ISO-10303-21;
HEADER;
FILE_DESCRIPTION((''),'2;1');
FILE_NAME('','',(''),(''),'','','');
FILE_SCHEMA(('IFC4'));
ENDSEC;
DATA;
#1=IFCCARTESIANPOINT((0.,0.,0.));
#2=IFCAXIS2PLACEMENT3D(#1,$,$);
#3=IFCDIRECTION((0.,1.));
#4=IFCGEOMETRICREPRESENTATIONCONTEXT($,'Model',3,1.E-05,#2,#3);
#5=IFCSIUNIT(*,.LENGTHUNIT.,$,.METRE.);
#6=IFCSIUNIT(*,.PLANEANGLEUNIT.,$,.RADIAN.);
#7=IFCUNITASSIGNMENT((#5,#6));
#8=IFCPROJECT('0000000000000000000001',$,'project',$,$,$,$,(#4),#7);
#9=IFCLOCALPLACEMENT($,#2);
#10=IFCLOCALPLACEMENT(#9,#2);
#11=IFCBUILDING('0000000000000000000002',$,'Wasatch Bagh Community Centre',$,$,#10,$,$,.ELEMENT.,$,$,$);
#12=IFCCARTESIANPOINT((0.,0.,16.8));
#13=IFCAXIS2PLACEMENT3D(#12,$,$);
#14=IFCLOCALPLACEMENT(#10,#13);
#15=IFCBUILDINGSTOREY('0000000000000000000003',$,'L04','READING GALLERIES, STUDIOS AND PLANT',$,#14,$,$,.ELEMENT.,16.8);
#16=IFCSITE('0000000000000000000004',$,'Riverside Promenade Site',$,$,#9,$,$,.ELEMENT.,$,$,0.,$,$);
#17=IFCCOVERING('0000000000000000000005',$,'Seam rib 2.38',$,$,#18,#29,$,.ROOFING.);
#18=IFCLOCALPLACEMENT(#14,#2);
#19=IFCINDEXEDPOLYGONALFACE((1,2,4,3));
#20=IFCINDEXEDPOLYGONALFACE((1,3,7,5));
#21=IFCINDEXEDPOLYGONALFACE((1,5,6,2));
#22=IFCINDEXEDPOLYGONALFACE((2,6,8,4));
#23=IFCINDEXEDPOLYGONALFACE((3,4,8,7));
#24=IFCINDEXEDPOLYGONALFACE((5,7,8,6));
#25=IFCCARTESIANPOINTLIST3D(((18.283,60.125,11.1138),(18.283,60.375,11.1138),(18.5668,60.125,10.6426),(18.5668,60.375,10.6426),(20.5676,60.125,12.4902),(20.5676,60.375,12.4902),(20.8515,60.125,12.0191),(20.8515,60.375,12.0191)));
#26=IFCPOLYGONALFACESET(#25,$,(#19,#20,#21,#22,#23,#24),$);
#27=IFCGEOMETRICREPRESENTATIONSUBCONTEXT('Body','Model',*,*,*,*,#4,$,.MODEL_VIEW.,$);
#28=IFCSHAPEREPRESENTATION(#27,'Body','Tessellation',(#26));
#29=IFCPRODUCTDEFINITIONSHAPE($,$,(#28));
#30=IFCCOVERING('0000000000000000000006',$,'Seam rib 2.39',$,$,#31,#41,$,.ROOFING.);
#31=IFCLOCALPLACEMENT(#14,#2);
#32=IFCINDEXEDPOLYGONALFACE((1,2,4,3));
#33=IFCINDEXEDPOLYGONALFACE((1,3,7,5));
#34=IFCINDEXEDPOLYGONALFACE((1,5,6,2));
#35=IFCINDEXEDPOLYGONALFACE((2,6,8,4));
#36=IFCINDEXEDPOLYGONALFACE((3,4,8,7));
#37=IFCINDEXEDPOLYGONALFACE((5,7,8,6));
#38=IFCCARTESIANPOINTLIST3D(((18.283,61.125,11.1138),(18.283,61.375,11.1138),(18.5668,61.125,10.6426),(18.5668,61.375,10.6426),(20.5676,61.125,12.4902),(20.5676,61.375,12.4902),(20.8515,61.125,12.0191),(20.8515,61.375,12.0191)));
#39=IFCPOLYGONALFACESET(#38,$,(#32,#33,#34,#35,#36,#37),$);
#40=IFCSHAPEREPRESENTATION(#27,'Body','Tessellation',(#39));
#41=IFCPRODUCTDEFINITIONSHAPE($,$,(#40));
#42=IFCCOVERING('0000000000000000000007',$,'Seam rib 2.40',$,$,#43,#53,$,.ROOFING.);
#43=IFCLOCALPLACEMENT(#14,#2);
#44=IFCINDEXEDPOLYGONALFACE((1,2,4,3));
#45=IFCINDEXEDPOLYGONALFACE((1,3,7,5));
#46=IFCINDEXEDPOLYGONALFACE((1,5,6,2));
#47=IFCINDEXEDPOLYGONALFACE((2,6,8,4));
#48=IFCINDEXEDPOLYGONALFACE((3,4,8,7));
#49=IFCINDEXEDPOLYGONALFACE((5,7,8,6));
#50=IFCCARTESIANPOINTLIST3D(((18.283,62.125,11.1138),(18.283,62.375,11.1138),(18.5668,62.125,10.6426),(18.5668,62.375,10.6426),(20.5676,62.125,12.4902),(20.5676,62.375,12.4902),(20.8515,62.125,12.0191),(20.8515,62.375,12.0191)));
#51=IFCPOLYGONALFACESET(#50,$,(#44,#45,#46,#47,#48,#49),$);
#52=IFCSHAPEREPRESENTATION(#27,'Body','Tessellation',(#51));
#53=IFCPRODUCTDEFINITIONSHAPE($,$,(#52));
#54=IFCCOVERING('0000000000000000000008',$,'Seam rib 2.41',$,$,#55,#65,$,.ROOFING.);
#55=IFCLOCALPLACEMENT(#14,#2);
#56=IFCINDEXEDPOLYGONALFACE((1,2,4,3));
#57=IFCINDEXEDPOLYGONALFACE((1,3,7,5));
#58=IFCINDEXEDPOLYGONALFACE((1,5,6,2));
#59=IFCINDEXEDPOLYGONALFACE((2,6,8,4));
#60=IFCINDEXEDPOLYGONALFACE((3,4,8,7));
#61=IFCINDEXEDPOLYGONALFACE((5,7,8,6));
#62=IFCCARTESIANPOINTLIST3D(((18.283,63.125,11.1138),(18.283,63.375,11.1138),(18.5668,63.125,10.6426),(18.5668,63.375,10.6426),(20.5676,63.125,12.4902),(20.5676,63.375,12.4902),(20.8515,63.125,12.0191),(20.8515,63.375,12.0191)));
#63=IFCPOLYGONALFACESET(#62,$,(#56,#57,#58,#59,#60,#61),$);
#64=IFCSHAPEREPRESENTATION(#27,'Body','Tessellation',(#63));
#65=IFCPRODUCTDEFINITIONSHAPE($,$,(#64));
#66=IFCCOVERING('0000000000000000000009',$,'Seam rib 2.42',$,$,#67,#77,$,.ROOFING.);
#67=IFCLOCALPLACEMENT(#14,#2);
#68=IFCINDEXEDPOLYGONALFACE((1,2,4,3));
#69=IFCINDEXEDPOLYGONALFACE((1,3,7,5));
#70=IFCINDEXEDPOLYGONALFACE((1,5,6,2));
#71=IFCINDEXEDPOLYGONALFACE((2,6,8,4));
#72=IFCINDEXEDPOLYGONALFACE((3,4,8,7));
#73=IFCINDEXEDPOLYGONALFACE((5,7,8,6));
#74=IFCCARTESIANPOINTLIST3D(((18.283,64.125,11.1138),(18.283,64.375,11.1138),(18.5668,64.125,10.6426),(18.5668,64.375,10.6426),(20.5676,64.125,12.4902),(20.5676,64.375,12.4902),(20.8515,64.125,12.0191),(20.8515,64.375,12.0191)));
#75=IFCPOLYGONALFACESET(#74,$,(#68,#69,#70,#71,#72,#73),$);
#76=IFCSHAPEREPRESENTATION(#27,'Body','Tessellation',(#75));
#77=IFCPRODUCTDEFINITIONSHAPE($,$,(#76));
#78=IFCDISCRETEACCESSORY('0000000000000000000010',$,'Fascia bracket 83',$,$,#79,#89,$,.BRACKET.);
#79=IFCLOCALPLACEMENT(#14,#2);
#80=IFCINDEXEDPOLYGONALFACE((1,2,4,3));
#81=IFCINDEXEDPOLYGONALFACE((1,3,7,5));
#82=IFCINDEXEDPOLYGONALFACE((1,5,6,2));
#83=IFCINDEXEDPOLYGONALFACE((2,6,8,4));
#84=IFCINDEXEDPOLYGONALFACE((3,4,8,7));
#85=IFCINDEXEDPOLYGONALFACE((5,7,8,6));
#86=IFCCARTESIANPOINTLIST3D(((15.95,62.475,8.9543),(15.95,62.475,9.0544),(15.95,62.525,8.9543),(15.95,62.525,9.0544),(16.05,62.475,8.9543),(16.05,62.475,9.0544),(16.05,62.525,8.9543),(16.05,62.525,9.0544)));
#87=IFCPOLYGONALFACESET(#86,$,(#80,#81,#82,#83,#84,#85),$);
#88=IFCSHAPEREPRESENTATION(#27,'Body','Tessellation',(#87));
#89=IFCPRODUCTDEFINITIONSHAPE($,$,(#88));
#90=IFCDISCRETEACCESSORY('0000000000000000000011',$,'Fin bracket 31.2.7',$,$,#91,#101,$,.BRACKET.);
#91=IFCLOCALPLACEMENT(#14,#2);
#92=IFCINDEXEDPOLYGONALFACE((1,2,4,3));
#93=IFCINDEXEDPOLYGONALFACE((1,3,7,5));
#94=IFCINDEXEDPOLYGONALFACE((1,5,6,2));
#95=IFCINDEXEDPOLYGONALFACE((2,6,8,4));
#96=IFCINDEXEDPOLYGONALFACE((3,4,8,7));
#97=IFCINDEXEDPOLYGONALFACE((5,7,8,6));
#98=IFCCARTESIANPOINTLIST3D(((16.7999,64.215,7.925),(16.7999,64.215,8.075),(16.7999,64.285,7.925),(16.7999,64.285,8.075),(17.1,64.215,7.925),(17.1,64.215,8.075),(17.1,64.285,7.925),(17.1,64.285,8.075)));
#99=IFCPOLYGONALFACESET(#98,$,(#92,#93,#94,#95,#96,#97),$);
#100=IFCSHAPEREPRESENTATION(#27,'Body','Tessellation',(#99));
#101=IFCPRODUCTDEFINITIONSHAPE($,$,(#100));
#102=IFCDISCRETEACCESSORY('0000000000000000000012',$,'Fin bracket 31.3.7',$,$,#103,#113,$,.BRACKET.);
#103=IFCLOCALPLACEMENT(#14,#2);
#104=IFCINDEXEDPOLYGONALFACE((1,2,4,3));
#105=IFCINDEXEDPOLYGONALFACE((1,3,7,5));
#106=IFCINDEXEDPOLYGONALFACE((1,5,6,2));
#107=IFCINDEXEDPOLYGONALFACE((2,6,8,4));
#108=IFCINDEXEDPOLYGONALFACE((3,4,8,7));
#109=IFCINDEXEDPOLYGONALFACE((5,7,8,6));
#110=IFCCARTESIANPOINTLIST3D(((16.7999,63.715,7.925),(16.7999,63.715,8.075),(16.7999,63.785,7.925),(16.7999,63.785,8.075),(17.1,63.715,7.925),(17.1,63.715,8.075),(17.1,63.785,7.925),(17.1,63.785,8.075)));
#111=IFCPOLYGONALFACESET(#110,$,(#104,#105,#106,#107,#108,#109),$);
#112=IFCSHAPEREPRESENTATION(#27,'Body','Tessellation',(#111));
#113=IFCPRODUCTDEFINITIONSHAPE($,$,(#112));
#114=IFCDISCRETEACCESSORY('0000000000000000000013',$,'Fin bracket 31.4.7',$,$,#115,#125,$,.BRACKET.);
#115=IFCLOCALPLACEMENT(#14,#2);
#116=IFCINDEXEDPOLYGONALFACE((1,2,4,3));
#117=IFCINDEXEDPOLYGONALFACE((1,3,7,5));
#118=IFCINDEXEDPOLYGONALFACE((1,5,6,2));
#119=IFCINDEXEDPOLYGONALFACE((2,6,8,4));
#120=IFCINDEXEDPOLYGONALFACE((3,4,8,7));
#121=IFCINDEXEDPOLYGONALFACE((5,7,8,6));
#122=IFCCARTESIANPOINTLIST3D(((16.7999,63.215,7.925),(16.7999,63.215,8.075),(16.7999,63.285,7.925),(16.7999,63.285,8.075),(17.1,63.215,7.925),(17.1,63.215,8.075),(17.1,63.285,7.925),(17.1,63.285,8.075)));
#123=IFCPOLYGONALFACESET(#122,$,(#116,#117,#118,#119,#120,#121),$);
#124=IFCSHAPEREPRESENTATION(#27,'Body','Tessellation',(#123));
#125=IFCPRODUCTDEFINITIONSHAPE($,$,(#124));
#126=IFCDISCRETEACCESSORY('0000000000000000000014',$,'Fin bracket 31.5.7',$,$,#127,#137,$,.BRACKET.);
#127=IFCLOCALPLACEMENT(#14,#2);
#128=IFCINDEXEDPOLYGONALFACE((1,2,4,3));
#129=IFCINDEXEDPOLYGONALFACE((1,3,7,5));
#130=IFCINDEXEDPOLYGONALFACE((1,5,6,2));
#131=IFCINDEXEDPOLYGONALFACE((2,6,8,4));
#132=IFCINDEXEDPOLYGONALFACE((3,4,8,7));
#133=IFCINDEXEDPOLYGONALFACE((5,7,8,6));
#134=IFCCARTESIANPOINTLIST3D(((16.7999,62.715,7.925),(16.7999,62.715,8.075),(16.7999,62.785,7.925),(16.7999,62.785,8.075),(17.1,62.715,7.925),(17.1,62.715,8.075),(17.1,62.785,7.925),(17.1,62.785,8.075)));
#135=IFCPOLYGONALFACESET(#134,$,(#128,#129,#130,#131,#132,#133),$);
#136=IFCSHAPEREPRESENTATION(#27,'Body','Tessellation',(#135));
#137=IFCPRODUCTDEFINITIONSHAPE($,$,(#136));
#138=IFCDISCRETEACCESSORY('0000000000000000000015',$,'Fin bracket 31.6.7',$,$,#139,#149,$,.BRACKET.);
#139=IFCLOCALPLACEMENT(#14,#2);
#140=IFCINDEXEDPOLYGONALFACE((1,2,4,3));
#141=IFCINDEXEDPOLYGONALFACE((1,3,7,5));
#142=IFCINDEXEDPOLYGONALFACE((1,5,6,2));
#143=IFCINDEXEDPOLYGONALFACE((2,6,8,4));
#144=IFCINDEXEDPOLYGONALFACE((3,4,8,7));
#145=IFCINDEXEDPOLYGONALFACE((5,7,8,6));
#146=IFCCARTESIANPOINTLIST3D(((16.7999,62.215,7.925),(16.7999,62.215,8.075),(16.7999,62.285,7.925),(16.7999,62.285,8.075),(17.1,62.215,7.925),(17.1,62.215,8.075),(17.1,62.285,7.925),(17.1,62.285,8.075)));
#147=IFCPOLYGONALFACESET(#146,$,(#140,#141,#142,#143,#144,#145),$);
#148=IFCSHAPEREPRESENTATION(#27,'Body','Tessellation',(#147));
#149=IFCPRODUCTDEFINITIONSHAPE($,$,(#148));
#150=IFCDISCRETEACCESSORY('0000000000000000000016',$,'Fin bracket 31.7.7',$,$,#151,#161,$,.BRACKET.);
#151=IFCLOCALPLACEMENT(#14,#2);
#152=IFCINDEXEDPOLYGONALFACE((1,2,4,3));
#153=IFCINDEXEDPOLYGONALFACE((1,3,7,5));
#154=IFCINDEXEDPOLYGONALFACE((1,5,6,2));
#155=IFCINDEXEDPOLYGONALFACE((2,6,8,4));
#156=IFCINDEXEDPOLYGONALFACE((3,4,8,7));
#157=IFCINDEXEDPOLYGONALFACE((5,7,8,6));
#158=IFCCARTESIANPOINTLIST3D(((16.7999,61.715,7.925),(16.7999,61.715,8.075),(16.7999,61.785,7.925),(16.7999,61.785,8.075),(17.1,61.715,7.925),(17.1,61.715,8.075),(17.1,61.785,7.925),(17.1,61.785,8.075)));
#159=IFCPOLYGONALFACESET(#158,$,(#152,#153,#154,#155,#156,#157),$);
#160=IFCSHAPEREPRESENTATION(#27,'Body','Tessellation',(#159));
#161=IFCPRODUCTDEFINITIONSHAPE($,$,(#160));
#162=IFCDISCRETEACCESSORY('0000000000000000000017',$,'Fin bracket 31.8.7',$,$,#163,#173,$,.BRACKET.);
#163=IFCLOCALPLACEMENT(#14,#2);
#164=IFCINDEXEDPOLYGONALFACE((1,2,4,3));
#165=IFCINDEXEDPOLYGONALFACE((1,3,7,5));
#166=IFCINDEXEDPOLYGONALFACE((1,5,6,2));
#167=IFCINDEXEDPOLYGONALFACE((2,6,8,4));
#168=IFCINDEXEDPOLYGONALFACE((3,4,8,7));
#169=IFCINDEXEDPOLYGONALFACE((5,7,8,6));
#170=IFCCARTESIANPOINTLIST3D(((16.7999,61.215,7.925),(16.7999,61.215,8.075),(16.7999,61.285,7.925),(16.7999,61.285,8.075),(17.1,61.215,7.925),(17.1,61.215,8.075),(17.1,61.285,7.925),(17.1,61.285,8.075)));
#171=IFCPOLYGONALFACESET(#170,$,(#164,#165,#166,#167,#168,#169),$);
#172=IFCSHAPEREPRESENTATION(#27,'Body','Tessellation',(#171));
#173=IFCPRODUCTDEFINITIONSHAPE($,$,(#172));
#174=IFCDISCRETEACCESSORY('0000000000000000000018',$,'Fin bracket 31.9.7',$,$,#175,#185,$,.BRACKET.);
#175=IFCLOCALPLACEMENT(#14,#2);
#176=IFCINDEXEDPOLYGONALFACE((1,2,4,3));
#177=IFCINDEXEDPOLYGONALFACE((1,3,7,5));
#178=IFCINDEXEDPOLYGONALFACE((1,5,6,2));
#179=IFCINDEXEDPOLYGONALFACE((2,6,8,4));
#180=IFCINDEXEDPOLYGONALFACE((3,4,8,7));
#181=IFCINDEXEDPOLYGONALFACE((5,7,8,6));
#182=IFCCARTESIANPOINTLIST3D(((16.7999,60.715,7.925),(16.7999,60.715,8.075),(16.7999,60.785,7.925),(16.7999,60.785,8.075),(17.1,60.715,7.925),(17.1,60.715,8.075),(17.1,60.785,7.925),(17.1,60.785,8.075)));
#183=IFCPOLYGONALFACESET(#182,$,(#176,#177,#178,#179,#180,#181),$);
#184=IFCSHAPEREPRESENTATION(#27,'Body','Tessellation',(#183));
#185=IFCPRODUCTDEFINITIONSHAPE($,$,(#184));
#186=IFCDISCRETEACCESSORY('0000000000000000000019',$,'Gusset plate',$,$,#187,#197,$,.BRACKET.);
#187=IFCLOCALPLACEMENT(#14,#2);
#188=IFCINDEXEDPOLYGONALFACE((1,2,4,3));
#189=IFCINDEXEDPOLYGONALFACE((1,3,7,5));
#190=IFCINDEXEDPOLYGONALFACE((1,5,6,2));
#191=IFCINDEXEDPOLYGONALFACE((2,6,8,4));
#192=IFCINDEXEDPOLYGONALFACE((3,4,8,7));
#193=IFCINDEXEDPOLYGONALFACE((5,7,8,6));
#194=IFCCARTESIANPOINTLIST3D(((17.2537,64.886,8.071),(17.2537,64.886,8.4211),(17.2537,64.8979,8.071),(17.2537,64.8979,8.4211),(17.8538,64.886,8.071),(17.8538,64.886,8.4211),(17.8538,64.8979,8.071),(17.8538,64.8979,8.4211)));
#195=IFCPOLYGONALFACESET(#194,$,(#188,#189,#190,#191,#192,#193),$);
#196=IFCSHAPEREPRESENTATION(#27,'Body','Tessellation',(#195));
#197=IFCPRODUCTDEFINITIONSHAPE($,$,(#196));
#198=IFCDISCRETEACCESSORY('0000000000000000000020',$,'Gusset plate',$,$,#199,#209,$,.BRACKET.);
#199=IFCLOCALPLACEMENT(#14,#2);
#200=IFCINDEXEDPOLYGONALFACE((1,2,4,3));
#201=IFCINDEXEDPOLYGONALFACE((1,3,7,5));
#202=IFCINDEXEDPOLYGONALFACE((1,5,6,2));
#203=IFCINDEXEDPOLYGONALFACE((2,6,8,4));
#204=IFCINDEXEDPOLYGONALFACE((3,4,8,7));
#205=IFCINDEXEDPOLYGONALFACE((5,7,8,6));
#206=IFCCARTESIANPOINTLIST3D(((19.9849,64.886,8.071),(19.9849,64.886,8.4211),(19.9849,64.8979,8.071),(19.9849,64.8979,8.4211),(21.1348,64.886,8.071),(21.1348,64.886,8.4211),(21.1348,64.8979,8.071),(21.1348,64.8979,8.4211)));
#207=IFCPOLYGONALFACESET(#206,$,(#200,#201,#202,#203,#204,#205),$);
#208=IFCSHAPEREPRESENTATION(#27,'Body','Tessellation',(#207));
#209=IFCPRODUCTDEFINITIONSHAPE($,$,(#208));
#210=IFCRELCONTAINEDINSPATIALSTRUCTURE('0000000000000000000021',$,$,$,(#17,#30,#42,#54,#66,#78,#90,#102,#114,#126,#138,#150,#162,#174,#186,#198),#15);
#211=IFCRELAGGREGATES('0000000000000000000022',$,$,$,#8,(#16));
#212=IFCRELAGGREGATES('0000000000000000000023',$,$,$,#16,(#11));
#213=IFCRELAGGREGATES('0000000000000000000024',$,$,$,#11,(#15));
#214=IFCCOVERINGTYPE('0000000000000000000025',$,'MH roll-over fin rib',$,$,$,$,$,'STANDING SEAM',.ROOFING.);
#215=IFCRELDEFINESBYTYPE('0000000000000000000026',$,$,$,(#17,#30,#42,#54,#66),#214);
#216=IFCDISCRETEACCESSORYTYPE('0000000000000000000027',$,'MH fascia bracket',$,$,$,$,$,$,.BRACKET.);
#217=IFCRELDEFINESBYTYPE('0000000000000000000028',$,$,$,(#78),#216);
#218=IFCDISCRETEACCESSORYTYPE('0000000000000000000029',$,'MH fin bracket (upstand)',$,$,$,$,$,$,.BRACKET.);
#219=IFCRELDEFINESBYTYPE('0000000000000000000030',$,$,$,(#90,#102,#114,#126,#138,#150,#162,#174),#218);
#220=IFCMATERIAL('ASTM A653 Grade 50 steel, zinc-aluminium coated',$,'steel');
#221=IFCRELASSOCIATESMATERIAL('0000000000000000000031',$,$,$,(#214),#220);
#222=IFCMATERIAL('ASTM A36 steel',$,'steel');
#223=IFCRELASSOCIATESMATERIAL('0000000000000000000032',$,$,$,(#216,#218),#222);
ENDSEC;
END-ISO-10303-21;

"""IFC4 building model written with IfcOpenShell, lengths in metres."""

from ifc_helpers import new_model, si_unit, direction, frame, origin, origin_2d, place, context, subcontext, project, spatial, polyline, rectangle, outline, extrude, material, type_object, element, save


model = new_model("IFC4")

# Units and contexts
model_context = context("Model", 3, precision=1e-05, world=origin(), true_north=direction((0.0, 1.0)))
body_context = subcontext(model_context, "Body", "Model", "MODEL_VIEW")
ifc_project = project(units=[si_unit("LENGTHUNIT", "METRE"), si_unit("PLANEANGLEUNIT", "RADIAN")], contexts=[model_context])

# Site, building, storey
site_placement = place(None, origin())
site = spatial("IfcSite", under=ifc_project, at=site_placement, Name="Riverside Promenade Site", CompositionType="ELEMENT", RefElevation=0.0)
building_placement = place(site_placement, origin())
building = spatial("IfcBuilding", under=site, at=building_placement, Name="Wasatch Bagh Community Centre", CompositionType="ELEMENT")
storey_placement = place(building_placement, frame((0.0, 0.0, 16.8)))
storey = spatial("IfcBuildingStorey", under=building, at=storey_placement, Name="L04", Description="READING GALLERIES, STUDIOS AND PLANT", CompositionType="ELEMENT", Elevation=16.8)

# Coverings
ifc_material_1 = material(Name="ASTM A653 Grade 50 steel, zinc-aluminium coated", Category="steel")
covering_type = type_object("IfcCoveringType", Name="MH roll-over fin rib", ElementType="STANDING SEAM", PredefinedType="ROOFING", material=ifc_material_1)
for number, where, z_axis, x_axis, name in (
    (1, (18.283, 60.125, 11.1138), (-0.516056, 0.0, 0.856555), (0.856555, 0.0, 0.516056), "Seam rib 2.38"),
    (2, (18.283, 61.125, 11.1138), (-0.516056, 0.0, 0.856555), (0.856555, 0.0, 0.516056), "Seam rib 2.39"),
    (3, (18.283, 62.125, 11.1138), (-0.516056, 0.0, 0.856555), (0.856555, 0.0, 0.516056), "Seam rib 2.40"),
    (4, (18.283, 63.125, 11.1138), (-0.516056, 0.0, 0.856555), (0.856555, 0.0, 0.516056), "Seam rib 2.41"),
    (5, (18.283, 64.125, 11.1138), (-0.516056, 0.0, 0.856555), (0.856555, 0.0, 0.516056), "Seam rib 2.42"),
):
    element("IfcCovering", number, at=place(storey_placement, frame(where, z_axis=z_axis, x_axis=x_axis)), inside=storey, type_object=covering_type, Name=name, PredefinedType="ROOFING", context=body_context, shape_type="SweptSolid", body=[
        extrude(outline(polyline([(0.0, 0.0), (2.6673, 0.0), (2.6673, 0.25), (0.0, 0.25), (0.0, 0.0)])), origin(), (0.0, 0.0, -1.0), 0.55),
    ])

# Discrete accessories
ifc_material_2 = material(Name="ASTM A36 steel", Category="steel")
discrete_accessory_type_1 = type_object("IfcDiscreteAccessoryType", Name="MH fascia bracket", PredefinedType="BRACKET", material=ifc_material_2)
discrete_accessory_1_placement = place(storey_placement, frame((16.0, 62.5, 8.9543), z_axis=(0.0, 0.0, 1.0), x_axis=(-1.0, 0.0, 0.0)))
element("IfcDiscreteAccessory", 6, at=discrete_accessory_1_placement, inside=storey, type_object=discrete_accessory_type_1, Name="Fascia bracket 83", PredefinedType="BRACKET", context=body_context, shape_type="SweptSolid", body=[
    extrude(rectangle(XDim=0.1001, YDim=0.05, at=origin_2d()), origin(), (0.0, 0.0, 1.0), 0.1001),
])
discrete_accessory_type_2 = type_object("IfcDiscreteAccessoryType", Name="MH fin bracket (upstand)", PredefinedType="BRACKET", material=ifc_material_2)
for number, where, z_axis, x_axis, name in (
    (7, (16.95, 64.25, 7.925), (0.0, 0.0, 1.0), (0.0, -1.0, 0.0), "Fin bracket 31.2.7"),
    (8, (16.95, 63.75, 7.925), (0.0, 0.0, 1.0), (0.0, -1.0, 0.0), "Fin bracket 31.3.7"),
    (9, (16.95, 63.25, 7.925), (0.0, 0.0, 1.0), (0.0, -1.0, 0.0), "Fin bracket 31.4.7"),
    (10, (16.95, 62.75, 7.925), (0.0, 0.0, 1.0), (0.0, -1.0, 0.0), "Fin bracket 31.5.7"),
    (11, (16.95, 62.25, 7.925), (0.0, 0.0, 1.0), (0.0, -1.0, 0.0), "Fin bracket 31.6.7"),
    (12, (16.95, 61.75, 7.925), (0.0, 0.0, 1.0), (0.0, -1.0, 0.0), "Fin bracket 31.7.7"),
    (13, (16.95, 61.25, 7.925), (0.0, 0.0, 1.0), (0.0, -1.0, 0.0), "Fin bracket 31.8.7"),
    (14, (16.95, 60.75, 7.925), (0.0, 0.0, 1.0), (0.0, -1.0, 0.0), "Fin bracket 31.9.7"),
):
    element("IfcDiscreteAccessory", number, at=place(storey_placement, frame(where, z_axis=z_axis, x_axis=x_axis)), inside=storey, type_object=discrete_accessory_type_2, Name=name, PredefinedType="BRACKET", context=body_context, shape_type="SweptSolid", body=[
        extrude(rectangle(XDim=0.0701, YDim=0.3, at=origin_2d()), origin(), (0.0, 0.0, 1.0), 0.1499),
    ])
discrete_accessory_2_placement = place(storey_placement, frame((17.2537, 64.886, 8.071), z_axis=(0.0, -1.0, 0.0), x_axis=(1.0, 0.0, 0.0)))
element("IfcDiscreteAccessory", 15, at=discrete_accessory_2_placement, inside=storey, Name="Gusset plate", PredefinedType="BRACKET", context=body_context, shape_type="SweptSolid", body=[
    extrude(outline(polyline([(0.0, 0.0), (0.6001, 0.0), (0.6001, 0.3501), (0.0, 0.3501), (0.0, 0.0)])), origin(), (0.0, 0.0, -1.0), 0.012),
])
discrete_accessory_3_placement = place(storey_placement, frame((19.9849, 64.886, 8.071), z_axis=(0.0, -1.0, 0.0), x_axis=(1.0, 0.0, 0.0)))
element("IfcDiscreteAccessory", 16, at=discrete_accessory_3_placement, inside=storey, Name="Gusset plate", PredefinedType="BRACKET", context=body_context, shape_type="SweptSolid", body=[
    extrude(outline(polyline([(0.0, 0.0), (1.1499, 0.0), (1.1499, 0.3501), (0.0, 0.3501), (0.0, 0.0)])), origin(), (0.0, 0.0, -1.0), 0.012),
])

save(model, "model.ifc")
